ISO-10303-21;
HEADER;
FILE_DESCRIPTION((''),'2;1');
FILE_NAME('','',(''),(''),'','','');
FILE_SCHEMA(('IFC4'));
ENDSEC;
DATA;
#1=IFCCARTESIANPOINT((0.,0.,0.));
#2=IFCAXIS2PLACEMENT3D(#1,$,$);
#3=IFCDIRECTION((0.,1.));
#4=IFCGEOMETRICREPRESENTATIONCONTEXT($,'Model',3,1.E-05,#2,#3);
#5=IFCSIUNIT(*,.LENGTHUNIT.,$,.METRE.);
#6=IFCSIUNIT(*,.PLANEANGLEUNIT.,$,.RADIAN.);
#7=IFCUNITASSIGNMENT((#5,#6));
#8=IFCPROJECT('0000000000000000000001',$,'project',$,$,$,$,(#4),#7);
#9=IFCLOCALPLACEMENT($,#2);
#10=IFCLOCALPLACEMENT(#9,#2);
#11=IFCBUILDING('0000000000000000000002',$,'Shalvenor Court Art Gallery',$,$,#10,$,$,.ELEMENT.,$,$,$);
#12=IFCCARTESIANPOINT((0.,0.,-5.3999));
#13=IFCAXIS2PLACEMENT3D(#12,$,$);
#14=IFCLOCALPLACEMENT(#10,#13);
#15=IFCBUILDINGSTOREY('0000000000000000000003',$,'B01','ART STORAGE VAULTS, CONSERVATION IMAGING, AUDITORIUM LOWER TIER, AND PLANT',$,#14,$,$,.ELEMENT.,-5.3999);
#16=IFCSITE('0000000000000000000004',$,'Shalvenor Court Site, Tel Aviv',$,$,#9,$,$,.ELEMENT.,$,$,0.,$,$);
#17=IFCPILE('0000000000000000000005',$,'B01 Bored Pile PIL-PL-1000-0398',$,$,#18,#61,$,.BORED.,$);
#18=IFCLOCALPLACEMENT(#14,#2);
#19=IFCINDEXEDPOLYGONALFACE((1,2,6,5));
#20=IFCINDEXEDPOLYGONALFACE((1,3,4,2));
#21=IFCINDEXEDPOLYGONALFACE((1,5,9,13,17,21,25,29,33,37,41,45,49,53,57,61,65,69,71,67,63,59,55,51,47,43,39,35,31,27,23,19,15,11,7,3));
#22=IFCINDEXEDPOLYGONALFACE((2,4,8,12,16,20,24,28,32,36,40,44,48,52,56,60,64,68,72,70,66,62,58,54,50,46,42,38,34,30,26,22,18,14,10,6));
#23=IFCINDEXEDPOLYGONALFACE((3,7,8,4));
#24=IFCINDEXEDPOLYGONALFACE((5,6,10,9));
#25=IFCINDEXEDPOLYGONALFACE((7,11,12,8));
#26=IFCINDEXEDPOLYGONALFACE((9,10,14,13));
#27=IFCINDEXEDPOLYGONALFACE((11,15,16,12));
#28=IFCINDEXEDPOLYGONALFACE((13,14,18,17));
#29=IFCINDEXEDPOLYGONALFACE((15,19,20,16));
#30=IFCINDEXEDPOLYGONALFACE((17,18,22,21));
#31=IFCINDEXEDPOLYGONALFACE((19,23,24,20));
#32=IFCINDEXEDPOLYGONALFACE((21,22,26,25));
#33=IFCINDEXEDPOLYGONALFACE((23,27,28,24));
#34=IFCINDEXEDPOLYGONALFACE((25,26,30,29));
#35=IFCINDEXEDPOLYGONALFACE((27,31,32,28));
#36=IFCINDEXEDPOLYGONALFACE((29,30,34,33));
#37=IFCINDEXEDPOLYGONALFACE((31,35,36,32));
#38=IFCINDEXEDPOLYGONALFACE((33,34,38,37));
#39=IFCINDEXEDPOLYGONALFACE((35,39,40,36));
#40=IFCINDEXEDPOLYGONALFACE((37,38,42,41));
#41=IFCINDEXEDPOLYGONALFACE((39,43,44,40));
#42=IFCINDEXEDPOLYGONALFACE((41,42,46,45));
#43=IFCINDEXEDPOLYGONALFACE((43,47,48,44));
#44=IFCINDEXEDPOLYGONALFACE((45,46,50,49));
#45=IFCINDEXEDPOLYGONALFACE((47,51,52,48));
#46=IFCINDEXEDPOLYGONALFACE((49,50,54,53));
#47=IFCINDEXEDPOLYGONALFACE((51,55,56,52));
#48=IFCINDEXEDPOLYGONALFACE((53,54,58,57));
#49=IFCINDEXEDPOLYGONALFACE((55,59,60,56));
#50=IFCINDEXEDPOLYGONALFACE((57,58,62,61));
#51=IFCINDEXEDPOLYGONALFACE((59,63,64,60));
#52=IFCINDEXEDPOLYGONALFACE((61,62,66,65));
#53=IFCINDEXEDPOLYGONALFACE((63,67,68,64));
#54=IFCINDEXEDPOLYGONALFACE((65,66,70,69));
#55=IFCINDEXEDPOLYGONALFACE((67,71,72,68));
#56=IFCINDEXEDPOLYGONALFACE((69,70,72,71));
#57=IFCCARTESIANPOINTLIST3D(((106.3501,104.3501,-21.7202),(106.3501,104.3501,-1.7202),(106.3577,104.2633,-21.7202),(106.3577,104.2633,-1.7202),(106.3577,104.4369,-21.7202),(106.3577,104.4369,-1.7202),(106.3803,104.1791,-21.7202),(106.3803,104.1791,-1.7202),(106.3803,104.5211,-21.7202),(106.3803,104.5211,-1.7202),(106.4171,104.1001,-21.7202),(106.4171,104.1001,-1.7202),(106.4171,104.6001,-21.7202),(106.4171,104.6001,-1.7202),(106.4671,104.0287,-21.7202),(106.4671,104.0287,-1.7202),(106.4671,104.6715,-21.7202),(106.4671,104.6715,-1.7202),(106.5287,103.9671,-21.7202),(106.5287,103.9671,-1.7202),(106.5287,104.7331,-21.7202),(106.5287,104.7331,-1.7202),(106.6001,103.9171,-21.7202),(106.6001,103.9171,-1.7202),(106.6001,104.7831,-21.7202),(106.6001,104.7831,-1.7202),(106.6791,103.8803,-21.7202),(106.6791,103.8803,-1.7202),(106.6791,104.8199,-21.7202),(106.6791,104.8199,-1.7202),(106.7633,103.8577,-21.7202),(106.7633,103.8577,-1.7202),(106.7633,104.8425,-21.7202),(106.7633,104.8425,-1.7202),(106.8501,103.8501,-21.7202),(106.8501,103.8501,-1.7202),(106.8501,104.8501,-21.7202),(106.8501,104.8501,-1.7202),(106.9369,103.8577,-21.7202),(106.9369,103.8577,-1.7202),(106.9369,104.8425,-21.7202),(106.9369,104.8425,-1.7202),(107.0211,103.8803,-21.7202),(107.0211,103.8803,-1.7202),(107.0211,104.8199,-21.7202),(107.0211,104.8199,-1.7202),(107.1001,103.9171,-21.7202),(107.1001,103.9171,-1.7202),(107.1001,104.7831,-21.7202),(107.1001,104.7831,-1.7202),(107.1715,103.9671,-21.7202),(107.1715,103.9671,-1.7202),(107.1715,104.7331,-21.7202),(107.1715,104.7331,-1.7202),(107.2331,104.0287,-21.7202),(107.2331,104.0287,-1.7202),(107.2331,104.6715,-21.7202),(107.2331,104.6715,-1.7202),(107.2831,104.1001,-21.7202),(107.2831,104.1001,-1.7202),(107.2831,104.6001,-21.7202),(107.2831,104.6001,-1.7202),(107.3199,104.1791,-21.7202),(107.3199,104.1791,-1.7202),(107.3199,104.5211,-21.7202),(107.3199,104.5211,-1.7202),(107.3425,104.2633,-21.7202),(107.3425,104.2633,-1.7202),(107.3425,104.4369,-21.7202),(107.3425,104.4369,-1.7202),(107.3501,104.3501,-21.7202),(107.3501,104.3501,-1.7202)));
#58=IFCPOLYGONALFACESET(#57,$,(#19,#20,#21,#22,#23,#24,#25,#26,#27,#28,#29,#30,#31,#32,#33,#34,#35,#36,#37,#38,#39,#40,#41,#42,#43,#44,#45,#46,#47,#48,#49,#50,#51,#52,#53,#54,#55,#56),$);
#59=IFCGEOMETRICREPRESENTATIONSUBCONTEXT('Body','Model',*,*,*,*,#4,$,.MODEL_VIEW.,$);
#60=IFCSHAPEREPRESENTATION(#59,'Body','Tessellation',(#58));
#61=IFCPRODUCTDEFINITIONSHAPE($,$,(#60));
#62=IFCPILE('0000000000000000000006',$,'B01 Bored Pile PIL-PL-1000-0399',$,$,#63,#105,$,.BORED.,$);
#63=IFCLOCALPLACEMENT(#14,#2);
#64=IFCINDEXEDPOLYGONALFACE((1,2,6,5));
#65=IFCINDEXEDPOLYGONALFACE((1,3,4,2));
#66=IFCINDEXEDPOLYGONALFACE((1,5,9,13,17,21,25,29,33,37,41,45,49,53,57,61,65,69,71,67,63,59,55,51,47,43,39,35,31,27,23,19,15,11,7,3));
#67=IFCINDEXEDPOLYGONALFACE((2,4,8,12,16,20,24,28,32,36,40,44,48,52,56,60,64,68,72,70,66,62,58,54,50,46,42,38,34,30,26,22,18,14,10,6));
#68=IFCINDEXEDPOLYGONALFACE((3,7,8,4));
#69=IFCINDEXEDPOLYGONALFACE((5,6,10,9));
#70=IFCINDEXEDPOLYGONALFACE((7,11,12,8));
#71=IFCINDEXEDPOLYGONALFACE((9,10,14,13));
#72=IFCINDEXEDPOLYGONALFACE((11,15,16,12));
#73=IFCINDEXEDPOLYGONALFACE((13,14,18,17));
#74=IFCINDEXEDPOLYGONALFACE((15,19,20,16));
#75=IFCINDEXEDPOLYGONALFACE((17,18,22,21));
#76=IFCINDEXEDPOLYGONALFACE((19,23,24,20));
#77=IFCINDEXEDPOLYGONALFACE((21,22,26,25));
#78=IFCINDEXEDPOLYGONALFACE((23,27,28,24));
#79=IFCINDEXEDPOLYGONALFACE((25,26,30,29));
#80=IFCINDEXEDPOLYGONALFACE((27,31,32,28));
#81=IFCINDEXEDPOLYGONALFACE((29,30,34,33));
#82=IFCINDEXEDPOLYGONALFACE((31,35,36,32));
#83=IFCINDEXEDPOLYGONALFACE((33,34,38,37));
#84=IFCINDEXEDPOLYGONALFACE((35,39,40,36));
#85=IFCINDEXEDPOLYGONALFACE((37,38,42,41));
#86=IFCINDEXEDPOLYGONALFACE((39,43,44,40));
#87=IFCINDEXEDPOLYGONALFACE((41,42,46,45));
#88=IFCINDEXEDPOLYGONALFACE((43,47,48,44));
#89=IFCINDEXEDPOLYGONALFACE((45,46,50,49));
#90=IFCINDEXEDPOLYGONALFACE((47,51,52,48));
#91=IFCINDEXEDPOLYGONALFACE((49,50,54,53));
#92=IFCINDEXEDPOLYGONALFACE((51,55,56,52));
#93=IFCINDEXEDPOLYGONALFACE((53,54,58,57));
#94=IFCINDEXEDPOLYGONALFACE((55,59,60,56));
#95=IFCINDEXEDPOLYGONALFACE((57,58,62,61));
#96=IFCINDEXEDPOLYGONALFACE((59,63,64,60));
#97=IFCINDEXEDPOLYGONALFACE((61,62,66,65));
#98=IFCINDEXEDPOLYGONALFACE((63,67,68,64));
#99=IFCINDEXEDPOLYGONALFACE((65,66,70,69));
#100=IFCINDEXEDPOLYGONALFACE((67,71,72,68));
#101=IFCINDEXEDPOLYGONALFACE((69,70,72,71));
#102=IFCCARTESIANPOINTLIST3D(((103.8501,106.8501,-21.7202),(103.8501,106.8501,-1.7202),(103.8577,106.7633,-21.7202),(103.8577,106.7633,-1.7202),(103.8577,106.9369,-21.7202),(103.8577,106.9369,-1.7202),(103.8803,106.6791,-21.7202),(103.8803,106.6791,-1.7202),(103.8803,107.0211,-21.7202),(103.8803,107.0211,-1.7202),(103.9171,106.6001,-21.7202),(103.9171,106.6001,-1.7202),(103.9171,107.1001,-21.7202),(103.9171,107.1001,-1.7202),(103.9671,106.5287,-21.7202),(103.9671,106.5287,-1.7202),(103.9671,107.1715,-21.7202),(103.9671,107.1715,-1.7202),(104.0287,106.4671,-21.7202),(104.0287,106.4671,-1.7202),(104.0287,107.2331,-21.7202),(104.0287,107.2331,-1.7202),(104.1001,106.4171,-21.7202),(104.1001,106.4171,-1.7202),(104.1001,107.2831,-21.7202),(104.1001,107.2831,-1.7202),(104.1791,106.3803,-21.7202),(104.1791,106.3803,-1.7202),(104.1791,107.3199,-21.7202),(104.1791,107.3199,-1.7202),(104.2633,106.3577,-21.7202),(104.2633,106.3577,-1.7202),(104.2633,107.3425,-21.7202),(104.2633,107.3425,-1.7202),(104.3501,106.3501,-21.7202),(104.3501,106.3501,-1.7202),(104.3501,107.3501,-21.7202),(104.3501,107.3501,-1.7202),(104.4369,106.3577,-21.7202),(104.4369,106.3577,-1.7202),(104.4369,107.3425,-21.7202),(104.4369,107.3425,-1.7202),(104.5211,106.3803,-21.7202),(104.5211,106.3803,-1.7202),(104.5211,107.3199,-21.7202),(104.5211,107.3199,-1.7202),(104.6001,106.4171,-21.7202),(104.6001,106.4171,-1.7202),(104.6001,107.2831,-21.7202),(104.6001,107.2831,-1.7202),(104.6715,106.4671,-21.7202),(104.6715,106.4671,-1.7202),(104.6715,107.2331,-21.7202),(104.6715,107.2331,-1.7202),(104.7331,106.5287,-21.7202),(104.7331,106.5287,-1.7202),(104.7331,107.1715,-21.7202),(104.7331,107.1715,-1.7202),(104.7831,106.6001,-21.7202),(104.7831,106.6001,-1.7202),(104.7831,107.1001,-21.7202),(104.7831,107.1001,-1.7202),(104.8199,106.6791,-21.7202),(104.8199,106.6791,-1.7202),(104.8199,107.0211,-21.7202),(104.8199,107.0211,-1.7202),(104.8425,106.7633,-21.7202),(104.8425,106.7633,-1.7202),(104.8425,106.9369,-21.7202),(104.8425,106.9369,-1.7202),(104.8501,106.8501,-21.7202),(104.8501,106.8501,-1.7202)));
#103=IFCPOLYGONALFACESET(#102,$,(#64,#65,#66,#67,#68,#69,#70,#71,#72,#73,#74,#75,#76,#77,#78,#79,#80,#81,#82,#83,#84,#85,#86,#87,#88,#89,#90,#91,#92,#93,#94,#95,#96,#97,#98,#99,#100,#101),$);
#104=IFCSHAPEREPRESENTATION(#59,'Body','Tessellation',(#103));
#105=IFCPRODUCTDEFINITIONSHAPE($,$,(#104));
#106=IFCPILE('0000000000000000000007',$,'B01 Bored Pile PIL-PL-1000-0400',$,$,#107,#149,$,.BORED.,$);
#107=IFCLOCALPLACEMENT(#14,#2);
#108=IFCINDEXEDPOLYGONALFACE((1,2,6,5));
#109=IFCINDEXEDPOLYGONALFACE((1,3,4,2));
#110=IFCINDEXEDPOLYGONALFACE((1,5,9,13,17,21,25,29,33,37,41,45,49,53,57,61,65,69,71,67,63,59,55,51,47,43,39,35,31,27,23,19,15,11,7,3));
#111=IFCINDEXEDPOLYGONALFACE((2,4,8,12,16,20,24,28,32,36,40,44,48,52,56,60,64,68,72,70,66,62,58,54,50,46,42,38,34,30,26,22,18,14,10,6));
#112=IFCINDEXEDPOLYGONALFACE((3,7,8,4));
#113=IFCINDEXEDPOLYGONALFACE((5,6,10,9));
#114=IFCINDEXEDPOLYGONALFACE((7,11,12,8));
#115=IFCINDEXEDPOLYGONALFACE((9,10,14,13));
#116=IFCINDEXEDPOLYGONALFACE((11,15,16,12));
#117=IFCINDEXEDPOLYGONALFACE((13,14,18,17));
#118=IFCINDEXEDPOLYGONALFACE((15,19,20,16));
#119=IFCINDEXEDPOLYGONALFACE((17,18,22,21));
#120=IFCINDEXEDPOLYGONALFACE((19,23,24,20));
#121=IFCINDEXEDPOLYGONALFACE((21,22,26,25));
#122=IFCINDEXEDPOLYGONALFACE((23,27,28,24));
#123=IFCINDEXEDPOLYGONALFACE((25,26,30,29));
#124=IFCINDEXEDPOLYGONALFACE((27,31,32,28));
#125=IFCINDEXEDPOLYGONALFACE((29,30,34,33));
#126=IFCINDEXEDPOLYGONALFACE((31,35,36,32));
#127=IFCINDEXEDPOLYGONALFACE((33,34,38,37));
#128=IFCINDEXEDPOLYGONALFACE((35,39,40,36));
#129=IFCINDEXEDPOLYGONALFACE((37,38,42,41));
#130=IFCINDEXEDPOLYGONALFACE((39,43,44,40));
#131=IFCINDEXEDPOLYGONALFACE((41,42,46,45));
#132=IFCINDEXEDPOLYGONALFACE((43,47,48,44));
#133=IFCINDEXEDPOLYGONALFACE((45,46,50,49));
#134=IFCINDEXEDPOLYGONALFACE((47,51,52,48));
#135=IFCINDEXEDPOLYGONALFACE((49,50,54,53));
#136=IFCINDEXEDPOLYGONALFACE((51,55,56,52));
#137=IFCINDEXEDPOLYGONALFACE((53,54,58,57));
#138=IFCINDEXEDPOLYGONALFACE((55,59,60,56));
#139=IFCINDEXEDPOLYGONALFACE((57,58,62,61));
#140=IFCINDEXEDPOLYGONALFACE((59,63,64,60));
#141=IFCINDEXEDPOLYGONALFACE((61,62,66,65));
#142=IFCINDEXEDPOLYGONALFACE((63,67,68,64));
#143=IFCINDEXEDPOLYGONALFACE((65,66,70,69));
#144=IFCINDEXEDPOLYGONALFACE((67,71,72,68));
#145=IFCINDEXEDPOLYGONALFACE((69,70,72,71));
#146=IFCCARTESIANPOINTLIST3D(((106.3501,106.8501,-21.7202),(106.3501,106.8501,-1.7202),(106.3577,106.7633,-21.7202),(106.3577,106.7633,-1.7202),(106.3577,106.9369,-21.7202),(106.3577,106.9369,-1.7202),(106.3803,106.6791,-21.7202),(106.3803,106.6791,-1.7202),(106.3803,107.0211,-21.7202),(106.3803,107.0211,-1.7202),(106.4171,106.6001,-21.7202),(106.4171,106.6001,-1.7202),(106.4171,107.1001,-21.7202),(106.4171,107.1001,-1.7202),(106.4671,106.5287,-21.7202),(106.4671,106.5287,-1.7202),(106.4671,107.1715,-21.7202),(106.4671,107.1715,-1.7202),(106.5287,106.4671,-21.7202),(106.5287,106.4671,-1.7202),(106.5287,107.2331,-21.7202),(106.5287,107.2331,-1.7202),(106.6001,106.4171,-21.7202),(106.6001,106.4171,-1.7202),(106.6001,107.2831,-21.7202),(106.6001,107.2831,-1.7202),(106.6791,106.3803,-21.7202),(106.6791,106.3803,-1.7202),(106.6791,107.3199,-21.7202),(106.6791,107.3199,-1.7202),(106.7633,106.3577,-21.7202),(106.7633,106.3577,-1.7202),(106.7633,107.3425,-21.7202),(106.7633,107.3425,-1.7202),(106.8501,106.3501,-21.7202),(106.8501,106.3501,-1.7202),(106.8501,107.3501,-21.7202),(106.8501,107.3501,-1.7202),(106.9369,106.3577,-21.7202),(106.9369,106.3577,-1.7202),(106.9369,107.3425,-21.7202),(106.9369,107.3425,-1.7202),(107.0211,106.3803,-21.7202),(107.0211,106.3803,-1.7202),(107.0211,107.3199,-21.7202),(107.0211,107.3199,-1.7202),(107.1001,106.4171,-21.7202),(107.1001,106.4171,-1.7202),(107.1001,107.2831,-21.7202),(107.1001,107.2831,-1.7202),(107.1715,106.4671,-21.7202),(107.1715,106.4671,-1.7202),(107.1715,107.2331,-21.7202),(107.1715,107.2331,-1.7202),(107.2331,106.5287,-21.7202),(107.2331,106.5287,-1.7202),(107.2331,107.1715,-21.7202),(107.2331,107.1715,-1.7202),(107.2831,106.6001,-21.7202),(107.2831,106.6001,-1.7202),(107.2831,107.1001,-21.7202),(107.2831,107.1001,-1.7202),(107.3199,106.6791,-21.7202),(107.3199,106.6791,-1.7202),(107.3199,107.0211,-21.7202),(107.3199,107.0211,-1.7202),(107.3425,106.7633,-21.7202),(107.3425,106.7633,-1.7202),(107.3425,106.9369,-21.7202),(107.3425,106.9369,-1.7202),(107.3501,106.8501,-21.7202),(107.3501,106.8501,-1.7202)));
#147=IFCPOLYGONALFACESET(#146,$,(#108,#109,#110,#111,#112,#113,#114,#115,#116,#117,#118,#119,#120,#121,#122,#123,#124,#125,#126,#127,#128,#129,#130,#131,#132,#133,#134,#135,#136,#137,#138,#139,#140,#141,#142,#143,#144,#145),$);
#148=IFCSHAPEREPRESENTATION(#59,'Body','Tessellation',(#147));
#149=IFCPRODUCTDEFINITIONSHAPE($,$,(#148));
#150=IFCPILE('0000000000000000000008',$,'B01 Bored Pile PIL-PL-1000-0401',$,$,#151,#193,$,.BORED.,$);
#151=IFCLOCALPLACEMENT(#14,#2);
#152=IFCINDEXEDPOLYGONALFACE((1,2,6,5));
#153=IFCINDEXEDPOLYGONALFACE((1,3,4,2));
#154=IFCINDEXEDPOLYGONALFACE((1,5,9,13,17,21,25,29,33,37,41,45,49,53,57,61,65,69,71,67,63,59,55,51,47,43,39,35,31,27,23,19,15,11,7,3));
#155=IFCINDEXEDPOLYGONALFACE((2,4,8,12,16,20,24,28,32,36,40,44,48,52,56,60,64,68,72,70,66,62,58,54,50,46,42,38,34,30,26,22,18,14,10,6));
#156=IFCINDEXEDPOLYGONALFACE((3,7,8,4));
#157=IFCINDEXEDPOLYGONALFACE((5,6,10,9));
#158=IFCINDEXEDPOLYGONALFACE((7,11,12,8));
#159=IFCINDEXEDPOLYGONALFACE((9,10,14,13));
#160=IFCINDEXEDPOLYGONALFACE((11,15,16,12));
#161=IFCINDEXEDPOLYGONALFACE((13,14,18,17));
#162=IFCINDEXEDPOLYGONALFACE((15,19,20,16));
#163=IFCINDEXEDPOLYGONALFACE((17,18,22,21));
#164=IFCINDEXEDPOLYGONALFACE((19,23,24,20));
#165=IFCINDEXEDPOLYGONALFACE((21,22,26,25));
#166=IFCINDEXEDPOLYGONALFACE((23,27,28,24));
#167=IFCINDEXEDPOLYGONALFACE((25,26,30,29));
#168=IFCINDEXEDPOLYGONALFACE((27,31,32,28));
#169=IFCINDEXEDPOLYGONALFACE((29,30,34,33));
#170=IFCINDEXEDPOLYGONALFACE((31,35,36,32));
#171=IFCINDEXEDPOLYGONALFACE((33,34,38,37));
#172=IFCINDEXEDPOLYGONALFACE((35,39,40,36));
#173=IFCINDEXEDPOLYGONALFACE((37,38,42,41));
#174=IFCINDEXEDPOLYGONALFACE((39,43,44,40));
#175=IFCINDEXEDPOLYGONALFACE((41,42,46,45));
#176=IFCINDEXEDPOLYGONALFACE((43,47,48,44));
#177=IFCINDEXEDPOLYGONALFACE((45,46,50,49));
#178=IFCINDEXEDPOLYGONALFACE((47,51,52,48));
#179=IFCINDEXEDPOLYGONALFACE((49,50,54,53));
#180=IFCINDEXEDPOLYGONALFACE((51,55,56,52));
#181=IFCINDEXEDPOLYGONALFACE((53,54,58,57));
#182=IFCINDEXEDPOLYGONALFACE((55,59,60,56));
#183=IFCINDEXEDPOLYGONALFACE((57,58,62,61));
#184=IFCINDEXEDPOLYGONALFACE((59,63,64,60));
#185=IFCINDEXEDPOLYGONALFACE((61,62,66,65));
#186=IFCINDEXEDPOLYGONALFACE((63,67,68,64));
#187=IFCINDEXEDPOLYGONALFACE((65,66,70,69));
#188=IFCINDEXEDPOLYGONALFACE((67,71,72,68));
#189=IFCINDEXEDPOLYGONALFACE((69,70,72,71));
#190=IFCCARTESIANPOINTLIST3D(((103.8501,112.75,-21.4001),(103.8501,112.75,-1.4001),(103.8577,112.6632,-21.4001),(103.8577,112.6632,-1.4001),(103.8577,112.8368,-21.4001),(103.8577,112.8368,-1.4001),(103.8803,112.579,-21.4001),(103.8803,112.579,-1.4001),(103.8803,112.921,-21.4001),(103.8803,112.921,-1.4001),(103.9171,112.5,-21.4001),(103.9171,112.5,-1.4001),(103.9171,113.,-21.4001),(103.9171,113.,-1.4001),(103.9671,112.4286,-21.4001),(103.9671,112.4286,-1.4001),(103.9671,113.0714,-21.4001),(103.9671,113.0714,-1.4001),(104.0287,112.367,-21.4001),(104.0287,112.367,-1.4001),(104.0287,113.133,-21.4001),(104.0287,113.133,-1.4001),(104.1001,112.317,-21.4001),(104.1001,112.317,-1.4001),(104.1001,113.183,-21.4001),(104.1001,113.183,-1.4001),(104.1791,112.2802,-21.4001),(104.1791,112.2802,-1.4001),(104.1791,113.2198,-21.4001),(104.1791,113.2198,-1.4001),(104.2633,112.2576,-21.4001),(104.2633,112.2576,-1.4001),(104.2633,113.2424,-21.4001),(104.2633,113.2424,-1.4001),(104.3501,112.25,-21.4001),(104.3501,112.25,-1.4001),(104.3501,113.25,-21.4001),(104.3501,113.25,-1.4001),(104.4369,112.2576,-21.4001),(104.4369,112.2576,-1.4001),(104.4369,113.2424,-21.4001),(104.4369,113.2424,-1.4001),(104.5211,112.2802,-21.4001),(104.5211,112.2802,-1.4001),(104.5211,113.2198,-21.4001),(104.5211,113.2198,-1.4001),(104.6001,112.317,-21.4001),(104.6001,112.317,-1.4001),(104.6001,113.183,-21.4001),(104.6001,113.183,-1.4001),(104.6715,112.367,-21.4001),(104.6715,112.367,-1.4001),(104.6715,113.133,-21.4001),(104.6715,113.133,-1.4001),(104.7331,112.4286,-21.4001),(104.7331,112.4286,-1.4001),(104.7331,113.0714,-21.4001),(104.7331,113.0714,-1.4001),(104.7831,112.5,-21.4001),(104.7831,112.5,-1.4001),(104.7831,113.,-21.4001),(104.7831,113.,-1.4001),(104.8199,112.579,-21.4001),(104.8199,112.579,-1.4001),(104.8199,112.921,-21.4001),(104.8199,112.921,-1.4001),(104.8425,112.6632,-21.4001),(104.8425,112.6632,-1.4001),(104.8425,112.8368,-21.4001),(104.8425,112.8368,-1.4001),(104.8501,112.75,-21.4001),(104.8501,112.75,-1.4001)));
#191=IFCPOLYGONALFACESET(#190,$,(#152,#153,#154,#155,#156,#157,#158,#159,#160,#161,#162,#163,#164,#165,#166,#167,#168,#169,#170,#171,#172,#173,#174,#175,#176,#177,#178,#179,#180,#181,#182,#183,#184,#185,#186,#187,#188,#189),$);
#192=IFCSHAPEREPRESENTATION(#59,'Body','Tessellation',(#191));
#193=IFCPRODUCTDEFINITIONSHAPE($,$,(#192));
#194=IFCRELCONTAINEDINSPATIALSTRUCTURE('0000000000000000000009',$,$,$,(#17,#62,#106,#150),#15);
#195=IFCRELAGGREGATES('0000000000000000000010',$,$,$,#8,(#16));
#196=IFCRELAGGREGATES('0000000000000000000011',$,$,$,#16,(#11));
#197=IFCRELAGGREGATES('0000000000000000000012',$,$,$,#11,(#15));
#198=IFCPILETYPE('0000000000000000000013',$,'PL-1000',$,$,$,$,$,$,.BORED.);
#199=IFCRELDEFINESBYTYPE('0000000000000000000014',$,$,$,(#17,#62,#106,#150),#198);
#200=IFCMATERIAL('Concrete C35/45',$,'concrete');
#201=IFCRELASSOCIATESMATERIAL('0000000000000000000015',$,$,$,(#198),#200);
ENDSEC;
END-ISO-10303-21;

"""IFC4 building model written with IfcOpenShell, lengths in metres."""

from ifc_helpers import new_model, si_unit, direction, frame, origin, origin_2d, place, context, subcontext, project, spatial, circle, extrude, material, material_profile, profile_set, type_object, element, save


model = new_model("IFC4")

# Units and contexts
model_context = context("Model", 3, precision=1e-05, world=origin(), true_north=direction((0.0, 1.0)))
body_context = subcontext(model_context, "Body", "Model", "MODEL_VIEW")
ifc_project = project(units=[si_unit("LENGTHUNIT", "METRE"), si_unit("PLANEANGLEUNIT", "RADIAN")], contexts=[model_context])

# Site, building, storey
site_placement = place(None, origin())
site = spatial("IfcSite", under=ifc_project, at=site_placement, Name="Shalvenor Court Site, Tel Aviv", CompositionType="ELEMENT", RefElevation=0.0)
building_placement = place(site_placement, origin())
building = spatial("IfcBuilding", under=site, at=building_placement, Name="Shalvenor Court Art Gallery", CompositionType="ELEMENT")
storey_placement = place(building_placement, frame((0.0, 0.0, -5.3999)))
storey = spatial("IfcBuildingStorey", under=building, at=storey_placement, Name="B01", Description="ART STORAGE VAULTS, CONSERVATION IMAGING, AUDITORIUM LOWER TIER, AND PLANT", CompositionType="ELEMENT", Elevation=-5.3999)

# Piles
ifc_material_1 = material(Name="Concrete C35/45", Category="concrete")
ifc_material_profile_1 = material_profile(ifc_material_1, circle(Radius=0.5, at=origin_2d()), Name="PILE 1000")
ifc_profile_set_1 = profile_set([ifc_material_profile_1], Name="Concrete C35/45")
pile_type_1 = type_object("IfcPileType", Name="PL-1000", PredefinedType="BORED", material=ifc_profile_set_1)
for number, where, z_axis, x_axis, name in (
    (1, (106.8501, 104.3501, -1.7202), (0.0, 0.0, -1.0), (1.0, 0.0, 0.0), "B01 Bored Pile PIL-PL-1000-0398"),
    (2, (104.3501, 106.8501, -1.7202), (0.0, 0.0, -1.0), (1.0, 0.0, 0.0), "B01 Bored Pile PIL-PL-1000-0399"),
    (3, (106.8501, 106.8501, -1.7202), (0.0, 0.0, -1.0), (1.0, 0.0, 0.0), "B01 Bored Pile PIL-PL-1000-0400"),
    (4, (104.3501, 112.75, -1.4001), (0.0, 0.0, -1.0), (1.0, 0.0, 0.0), "B01 Bored Pile PIL-PL-1000-0401"),
):
    element("IfcPile", number, at=place(storey_placement, frame(where, z_axis=z_axis, x_axis=x_axis)), inside=storey, type_object=pile_type_1, Name=name, PredefinedType="BORED", context=body_context, shape_type="SweptSolid", body=[
        extrude(circle(Radius=0.5, at=origin_2d()), origin(), (0.0, 0.0, 1.0), 20.0),
    ])

save(model, "model.ifc")
